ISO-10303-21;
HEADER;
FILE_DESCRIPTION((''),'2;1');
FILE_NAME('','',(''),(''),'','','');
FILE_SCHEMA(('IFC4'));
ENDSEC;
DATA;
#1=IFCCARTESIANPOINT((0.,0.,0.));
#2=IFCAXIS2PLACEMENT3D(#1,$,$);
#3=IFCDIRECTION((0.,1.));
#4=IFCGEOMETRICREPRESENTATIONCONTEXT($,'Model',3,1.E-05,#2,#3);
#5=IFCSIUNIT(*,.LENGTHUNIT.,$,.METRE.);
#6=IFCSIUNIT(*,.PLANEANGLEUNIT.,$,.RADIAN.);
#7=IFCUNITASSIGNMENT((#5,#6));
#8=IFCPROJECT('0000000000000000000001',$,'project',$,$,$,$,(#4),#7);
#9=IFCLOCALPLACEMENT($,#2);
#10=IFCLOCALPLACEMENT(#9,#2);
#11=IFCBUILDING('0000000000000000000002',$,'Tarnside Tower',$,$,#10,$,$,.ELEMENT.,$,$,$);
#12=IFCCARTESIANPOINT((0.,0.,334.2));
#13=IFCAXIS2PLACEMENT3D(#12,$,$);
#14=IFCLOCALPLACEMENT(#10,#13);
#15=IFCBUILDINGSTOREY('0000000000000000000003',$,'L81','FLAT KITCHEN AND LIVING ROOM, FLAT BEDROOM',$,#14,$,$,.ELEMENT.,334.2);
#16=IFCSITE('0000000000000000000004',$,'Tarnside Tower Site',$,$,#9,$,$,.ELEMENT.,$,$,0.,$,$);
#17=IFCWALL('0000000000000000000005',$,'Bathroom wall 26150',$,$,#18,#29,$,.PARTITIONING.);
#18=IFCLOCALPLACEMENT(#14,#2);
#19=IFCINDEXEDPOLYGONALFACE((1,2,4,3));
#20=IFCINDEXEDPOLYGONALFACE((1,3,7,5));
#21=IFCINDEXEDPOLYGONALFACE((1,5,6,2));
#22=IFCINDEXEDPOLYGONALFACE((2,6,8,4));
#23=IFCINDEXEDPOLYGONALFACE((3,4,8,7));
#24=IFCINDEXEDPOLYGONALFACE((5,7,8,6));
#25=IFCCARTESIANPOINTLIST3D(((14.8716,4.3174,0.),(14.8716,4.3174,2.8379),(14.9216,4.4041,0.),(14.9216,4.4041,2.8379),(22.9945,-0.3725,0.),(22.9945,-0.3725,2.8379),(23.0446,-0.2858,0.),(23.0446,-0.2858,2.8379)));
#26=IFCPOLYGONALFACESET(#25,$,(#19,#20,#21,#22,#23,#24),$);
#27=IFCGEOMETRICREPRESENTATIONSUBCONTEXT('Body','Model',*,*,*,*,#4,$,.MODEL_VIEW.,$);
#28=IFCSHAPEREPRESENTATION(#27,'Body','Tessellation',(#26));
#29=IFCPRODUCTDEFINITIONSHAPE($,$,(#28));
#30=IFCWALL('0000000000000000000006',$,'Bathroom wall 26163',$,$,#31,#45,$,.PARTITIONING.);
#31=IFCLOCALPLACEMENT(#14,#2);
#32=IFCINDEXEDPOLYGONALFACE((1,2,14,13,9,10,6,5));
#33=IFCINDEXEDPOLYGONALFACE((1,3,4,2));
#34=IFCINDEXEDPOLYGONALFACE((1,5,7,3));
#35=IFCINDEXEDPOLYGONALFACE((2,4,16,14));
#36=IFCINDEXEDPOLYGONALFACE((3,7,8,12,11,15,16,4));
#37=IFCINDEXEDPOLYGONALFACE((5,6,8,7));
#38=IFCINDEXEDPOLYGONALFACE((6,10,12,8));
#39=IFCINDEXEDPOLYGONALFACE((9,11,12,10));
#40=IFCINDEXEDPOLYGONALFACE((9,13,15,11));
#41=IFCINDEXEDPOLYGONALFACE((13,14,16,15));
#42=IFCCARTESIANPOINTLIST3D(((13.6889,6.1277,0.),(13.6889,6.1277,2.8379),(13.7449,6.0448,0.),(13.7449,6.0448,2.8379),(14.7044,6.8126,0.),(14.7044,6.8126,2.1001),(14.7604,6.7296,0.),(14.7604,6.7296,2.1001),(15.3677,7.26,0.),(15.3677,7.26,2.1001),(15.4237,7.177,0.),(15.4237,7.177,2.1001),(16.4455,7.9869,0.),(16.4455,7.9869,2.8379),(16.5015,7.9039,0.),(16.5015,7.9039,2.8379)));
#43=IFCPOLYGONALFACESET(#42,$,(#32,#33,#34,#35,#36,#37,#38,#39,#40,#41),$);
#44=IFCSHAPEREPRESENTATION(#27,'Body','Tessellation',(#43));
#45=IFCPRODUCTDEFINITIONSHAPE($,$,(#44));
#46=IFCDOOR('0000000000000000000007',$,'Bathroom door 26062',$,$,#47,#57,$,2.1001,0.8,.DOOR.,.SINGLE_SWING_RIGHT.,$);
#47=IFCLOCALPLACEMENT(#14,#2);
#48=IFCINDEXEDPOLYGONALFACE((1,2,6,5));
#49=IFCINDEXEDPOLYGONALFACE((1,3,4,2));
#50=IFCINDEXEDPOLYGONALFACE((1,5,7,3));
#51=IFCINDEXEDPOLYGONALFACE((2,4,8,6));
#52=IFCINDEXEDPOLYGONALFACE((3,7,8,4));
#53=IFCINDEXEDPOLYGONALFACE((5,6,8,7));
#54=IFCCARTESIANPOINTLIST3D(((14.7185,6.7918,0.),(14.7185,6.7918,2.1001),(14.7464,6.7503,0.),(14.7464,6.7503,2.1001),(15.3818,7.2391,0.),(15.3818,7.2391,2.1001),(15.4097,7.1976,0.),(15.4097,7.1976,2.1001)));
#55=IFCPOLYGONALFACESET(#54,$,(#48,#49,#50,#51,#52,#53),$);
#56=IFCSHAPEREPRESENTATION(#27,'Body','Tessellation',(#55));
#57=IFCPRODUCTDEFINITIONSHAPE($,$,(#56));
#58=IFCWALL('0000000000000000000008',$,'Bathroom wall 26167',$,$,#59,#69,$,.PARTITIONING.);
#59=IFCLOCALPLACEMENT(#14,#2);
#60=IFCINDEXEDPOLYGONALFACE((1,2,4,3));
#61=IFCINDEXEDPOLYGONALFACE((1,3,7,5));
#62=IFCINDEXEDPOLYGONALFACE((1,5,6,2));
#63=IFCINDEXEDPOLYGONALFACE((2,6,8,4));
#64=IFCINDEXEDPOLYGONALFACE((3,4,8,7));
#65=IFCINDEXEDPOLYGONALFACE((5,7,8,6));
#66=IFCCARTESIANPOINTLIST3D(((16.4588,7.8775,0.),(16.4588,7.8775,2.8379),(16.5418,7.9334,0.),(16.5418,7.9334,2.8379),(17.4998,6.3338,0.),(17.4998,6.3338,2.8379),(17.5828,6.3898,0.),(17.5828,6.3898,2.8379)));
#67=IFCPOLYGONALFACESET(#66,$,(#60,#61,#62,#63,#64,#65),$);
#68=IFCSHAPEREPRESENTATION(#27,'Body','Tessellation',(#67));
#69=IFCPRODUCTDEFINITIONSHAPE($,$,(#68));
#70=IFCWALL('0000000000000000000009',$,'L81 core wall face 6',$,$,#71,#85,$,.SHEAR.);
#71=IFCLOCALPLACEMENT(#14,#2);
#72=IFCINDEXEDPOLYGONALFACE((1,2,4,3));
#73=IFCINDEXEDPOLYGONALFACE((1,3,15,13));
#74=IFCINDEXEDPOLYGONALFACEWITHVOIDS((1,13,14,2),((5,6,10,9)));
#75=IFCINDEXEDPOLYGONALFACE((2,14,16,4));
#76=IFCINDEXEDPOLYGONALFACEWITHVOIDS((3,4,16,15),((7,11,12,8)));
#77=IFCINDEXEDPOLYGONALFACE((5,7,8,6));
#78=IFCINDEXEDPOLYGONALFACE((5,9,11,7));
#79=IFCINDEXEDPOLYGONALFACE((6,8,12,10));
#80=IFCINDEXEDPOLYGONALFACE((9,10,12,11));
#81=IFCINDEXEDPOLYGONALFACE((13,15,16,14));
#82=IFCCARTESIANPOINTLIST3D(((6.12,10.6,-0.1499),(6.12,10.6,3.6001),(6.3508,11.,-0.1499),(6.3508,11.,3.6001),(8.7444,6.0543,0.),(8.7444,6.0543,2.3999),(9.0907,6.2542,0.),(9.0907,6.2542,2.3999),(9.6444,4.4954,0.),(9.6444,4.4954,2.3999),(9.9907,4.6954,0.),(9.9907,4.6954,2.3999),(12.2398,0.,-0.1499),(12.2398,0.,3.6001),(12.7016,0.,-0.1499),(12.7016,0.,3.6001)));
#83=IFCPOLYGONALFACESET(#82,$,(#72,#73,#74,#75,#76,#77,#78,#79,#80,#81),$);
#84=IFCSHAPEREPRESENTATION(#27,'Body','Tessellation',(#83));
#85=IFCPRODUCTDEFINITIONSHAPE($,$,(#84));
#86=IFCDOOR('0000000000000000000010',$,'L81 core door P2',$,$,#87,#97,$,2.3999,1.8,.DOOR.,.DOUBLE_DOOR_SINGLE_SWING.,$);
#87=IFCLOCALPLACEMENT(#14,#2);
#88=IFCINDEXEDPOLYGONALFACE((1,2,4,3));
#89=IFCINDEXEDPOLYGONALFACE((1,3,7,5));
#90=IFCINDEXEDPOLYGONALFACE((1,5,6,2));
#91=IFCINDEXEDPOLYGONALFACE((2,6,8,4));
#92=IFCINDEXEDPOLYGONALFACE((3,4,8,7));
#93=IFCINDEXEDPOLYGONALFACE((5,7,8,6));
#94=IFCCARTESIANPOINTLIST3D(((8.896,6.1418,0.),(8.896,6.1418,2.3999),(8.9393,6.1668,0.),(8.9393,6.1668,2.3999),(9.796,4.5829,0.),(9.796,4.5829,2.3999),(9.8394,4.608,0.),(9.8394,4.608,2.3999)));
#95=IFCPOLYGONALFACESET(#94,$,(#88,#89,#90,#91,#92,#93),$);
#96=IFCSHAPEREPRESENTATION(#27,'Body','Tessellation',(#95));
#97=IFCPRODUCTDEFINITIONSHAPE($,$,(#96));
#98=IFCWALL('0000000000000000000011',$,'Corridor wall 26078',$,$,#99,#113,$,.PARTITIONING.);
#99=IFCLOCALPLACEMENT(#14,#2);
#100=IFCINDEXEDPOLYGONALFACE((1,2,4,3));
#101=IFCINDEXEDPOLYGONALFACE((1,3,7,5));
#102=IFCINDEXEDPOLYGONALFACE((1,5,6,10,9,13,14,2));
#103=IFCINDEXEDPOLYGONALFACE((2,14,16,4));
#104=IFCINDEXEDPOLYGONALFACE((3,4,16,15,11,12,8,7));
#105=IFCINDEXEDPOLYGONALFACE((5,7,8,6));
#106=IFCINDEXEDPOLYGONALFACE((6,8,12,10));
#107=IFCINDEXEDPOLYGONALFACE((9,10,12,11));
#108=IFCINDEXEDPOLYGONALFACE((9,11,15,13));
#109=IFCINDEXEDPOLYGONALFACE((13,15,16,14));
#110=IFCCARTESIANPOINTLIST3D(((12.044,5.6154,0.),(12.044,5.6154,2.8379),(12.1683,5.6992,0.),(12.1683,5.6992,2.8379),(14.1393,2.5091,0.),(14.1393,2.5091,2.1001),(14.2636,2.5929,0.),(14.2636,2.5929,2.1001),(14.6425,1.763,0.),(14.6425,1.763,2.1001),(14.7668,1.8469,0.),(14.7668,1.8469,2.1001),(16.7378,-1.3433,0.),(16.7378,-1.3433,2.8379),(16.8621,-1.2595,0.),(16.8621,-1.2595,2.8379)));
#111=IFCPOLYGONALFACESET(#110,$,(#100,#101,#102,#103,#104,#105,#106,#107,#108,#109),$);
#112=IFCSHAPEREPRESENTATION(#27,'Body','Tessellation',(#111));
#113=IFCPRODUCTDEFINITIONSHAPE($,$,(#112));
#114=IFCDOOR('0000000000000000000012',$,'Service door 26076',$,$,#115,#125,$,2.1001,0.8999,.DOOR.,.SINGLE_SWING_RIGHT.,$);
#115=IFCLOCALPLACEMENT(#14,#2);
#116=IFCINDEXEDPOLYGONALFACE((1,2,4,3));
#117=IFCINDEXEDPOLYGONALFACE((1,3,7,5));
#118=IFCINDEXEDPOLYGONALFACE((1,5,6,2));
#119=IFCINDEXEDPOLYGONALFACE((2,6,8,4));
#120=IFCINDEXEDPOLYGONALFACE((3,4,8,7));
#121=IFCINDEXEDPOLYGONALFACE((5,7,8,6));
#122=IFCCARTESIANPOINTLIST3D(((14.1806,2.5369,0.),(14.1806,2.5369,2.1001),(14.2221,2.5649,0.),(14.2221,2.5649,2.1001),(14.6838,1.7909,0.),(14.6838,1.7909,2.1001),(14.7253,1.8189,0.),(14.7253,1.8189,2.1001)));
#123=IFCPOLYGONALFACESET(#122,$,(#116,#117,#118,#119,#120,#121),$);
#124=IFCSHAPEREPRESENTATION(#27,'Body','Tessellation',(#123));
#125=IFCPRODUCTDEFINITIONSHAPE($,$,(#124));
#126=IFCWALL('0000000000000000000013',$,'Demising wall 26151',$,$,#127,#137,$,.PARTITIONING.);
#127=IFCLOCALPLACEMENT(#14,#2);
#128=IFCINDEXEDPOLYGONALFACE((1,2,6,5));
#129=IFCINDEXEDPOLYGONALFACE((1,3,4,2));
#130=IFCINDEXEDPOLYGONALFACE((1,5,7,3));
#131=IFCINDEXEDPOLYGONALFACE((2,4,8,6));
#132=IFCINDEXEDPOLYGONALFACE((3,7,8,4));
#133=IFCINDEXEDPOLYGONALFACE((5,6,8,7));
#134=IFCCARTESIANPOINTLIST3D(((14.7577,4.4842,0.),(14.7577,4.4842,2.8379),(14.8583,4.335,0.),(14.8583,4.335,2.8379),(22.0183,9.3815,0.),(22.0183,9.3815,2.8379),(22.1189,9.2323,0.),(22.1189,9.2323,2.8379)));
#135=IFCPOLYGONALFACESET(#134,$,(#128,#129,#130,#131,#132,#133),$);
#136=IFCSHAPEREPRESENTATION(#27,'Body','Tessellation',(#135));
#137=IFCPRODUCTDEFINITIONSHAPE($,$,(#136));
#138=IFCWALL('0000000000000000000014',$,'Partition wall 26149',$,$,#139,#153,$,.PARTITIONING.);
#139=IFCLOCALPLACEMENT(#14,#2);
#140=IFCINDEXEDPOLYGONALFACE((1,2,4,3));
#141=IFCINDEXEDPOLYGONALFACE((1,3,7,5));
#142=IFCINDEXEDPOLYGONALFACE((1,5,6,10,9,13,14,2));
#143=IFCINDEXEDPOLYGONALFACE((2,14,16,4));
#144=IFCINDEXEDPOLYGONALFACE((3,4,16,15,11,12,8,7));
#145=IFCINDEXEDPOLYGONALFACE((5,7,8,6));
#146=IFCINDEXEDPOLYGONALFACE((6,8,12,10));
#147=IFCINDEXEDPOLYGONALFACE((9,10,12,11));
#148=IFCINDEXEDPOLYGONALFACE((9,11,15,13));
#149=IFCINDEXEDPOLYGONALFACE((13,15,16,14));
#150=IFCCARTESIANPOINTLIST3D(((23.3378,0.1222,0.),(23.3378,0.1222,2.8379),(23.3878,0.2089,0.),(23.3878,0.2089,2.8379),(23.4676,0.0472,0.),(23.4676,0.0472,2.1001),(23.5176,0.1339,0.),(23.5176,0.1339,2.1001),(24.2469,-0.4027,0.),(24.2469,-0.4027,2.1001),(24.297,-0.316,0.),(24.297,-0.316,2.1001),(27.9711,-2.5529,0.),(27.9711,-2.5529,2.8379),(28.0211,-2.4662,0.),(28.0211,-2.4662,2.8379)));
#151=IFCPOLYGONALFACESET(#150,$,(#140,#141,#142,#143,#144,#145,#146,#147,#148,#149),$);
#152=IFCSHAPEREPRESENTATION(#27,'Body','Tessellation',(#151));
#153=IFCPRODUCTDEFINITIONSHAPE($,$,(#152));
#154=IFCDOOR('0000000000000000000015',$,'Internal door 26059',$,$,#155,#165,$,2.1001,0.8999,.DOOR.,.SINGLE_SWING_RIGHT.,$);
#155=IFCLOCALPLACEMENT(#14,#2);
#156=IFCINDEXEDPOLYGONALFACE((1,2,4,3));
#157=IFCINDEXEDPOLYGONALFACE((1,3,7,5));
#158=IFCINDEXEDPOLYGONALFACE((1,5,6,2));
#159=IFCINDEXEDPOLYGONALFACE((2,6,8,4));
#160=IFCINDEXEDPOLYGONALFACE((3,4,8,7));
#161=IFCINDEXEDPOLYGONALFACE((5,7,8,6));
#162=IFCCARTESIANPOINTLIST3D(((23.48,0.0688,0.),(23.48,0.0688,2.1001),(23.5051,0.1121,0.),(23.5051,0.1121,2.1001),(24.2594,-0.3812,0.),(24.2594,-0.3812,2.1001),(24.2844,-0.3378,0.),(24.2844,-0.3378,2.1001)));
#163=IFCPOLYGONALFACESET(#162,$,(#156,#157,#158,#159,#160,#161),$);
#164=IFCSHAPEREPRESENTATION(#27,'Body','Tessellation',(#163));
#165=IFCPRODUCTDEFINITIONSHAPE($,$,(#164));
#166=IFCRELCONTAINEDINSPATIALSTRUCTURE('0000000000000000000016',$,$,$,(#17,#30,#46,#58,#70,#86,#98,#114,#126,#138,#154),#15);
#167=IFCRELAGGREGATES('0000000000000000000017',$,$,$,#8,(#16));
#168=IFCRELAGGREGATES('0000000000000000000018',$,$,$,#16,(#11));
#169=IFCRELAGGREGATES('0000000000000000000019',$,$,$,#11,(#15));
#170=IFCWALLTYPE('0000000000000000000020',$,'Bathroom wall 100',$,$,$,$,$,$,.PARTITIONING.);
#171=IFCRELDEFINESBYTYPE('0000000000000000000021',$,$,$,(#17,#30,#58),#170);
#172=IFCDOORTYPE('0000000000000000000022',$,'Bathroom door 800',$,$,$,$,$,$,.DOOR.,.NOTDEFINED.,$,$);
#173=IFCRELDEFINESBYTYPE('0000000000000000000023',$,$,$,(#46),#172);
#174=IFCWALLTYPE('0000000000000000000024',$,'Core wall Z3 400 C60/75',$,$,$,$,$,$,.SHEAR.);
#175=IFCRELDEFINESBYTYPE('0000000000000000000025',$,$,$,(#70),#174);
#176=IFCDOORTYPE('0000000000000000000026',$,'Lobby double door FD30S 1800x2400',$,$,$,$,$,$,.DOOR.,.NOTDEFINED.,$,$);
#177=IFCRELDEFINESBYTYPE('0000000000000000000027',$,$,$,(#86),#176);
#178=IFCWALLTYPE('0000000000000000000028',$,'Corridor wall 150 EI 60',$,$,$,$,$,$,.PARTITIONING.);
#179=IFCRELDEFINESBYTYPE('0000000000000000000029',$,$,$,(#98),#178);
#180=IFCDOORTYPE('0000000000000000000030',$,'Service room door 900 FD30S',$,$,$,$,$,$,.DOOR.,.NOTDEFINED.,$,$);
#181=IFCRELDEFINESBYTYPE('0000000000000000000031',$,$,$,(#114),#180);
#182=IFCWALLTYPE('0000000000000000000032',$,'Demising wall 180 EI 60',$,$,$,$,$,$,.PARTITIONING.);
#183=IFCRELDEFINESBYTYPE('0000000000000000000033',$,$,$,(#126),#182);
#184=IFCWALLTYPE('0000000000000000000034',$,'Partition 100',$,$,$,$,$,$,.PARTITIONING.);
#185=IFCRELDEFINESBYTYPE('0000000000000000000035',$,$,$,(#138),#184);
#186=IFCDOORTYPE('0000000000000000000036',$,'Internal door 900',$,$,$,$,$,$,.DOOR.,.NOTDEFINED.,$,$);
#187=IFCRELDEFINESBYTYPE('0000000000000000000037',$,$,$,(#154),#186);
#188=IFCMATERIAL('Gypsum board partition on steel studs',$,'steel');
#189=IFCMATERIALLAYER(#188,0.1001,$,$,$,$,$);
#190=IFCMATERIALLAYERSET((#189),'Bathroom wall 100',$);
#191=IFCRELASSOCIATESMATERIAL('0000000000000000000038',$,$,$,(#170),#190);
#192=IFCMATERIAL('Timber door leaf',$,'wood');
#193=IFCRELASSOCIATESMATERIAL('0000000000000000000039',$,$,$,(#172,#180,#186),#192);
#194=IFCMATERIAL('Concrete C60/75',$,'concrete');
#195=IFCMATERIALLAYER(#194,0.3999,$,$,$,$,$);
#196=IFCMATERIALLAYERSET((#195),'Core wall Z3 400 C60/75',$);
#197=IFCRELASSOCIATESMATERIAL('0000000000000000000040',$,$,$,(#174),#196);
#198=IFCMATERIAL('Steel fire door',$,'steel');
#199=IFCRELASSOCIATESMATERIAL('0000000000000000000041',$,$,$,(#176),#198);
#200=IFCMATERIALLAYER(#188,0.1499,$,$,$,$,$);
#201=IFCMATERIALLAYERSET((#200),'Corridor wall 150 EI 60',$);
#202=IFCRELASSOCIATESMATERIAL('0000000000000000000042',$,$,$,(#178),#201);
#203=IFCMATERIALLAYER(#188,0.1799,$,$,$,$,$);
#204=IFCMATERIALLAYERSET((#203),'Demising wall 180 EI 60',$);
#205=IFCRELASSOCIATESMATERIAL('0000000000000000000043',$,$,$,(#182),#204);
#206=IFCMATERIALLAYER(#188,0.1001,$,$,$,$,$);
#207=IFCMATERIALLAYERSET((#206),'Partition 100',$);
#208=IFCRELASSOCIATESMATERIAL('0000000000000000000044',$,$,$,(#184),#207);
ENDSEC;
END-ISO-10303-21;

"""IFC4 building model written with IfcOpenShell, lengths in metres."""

from ifc_helpers import new_model, si_unit, direction, frame, frame_2d, origin, place, context, subcontext, project, spatial, polyline, rectangle, outline, extrude, material, layer, layer_set, type_object, element, fill, save


model = new_model("IFC4")

# Units and contexts
model_context = context("Model", 3, precision=1e-05, world=origin(), true_north=direction((0.0, 1.0)))
body_context = subcontext(model_context, "Body", "Model", "MODEL_VIEW")
ifc_project = project(units=[si_unit("LENGTHUNIT", "METRE"), si_unit("PLANEANGLEUNIT", "RADIAN")], contexts=[model_context])

# Site, building, storey
site_placement = place(None, origin())
site = spatial("IfcSite", under=ifc_project, at=site_placement, Name="Tarnside Tower Site", CompositionType="ELEMENT", RefElevation=0.0)
building_placement = place(site_placement, origin())
building = spatial("IfcBuilding", under=site, at=building_placement, Name="Tarnside Tower", CompositionType="ELEMENT")
storey_placement = place(building_placement, frame((0.0, 0.0, 334.2)))
storey = spatial("IfcBuildingStorey", under=building, at=storey_placement, Name="L81", Description="FLAT KITCHEN AND LIVING ROOM, FLAT BEDROOM", CompositionType="ELEMENT", Elevation=334.2)

# Wall
ifc_material_1 = material(Name="Gypsum board partition on steel studs", Category="steel")
ifc_layer_1 = layer(ifc_material_1, 0.1001)
ifc_layer_set_1 = layer_set([ifc_layer_1], Name="Bathroom wall 100")
wall_type_1 = type_object("IfcWallType", Name="Bathroom wall 100", PredefinedType="PARTITIONING", material=ifc_layer_set_1)
wall_1_placement = place(storey_placement, frame((14.8965, 4.3608, 0.0), z_axis=(0.0, 0.0, 1.0), x_axis=(0.866021, -0.500008, 0.0)))
element("IfcWall", 1, at=wall_1_placement, inside=storey, type_object=wall_type_1, Name="Bathroom wall 26150", PredefinedType="PARTITIONING", context=body_context, shape_type="SweptSolid", body=[
    extrude(rectangle(XDim=9.3796, YDim=0.1001, at=frame_2d((4.6899, 0.0))), origin(), (0.0, 0.0, 1.0), 2.8379),
])

# Wall, opening, door
wall_2_placement = place(storey_placement, frame((13.7168, 6.0862, 0.0), z_axis=(0.0, 0.0, 1.0), x_axis=(0.829067, 0.559149, 0.0)))
wall_2 = element("IfcWall", 2, at=wall_2_placement, inside=storey, type_object=wall_type_1, Name="Bathroom wall 26163", PredefinedType="PARTITIONING", context=body_context, shape_type="SweptSolid", body=[
    extrude(rectangle(XDim=3.325, YDim=0.1001, at=frame_2d((1.6626, 0.0))), origin(), (0.0, 0.0, 1.0), 2.8379),
])
opening_1_placement = place(wall_2_placement, frame((1.2251, 0.0, 0.0)))
opening_1 = element("IfcOpeningElement", 3, at=opening_1_placement, cuts=wall_2, PredefinedType="OPENING", context=body_context, shape_type="SweptSolid", body=[
    extrude(rectangle(XDim=0.8, YDim=2.1001, at=frame_2d((0.3999, 1.05))), frame((0.0, 0.0601, 0.0), z_axis=(0.0, -1.0, 0.0), x_axis=(1.0, 0.0, 0.0)), (0.0, 0.0, 1.0), 0.1201),
])
ifc_material_2 = material(Name="Timber door leaf", Category="wood")
door_type_1 = type_object("IfcDoorType", Name="Bathroom door 800", OperationType="NOTDEFINED", PredefinedType="DOOR", material=ifc_material_2)
door_1_placement = place(opening_1_placement, origin())
door_1 = element("IfcDoor", 4, at=door_1_placement, inside=storey, type_object=door_type_1, Name="Bathroom door 26062", OperationType="SINGLE_SWING_RIGHT", OverallHeight=2.1001, OverallWidth=0.8, PredefinedType="DOOR", context=body_context, shape_type="SweptSolid", body=[
    extrude(rectangle(XDim=0.8, YDim=2.1001, at=frame_2d((0.3999, 1.05))), frame((0.0, 0.0249, 0.0), z_axis=(0.0, -1.0, 0.0), x_axis=(1.0, 0.0, 0.0)), (0.0, 0.0, 1.0), 0.05),
])
fill(opening_1, door_1)

# Wall
wall_3_placement = place(storey_placement, frame((17.5413, 6.3618, 0.0), z_axis=(0.0, 0.0, 1.0), x_axis=(-0.55911, 0.829093, 0.0)))
element("IfcWall", 5, at=wall_3_placement, inside=storey, type_object=wall_type_1, Name="Bathroom wall 26167", PredefinedType="PARTITIONING", context=body_context, shape_type="SweptSolid", body=[
    extrude(rectangle(XDim=1.8618, YDim=0.1001, at=frame_2d((0.9309, 0.0))), origin(), (0.0, 0.0, 1.0), 2.8379),
])

# Walls, openings, doors
ifc_material_3 = material(Name="Concrete C60/75", Category="concrete")
ifc_layer_2 = layer(ifc_material_3, 0.3999)
ifc_layer_set_2 = layer_set([ifc_layer_2], Name="Core wall Z3 400 C60/75")
wall_type_2 = type_object("IfcWallType", Name="Core wall Z3 400 C60/75", PredefinedType="SHEAR", material=ifc_layer_set_2)
wall_4_placement = place(storey_placement, frame((12.4707, 0.0, -0.1499), z_axis=(0.0, 0.0, 1.0), x_axis=(-0.499996, 0.866027, 0.0)))
wall_4 = element("IfcWall", 6, at=wall_4_placement, inside=storey, type_object=wall_type_2, Name="L81 core wall face 6", PredefinedType="SHEAR", context=body_context, shape_type="SweptSolid", body=[
    extrude(outline(polyline([(-0.1155, -0.2), (12.5862, -0.2), (12.3552, 0.2), (0.1155, 0.2), (-0.1155, -0.2)])), origin(), (0.0, 0.0, 1.0), 3.75),
])
opening_2_placement = place(wall_4_placement, frame((5.3064, 0.0, 0.1499)))
opening_2 = element("IfcOpeningElement", 7, at=opening_2_placement, cuts=wall_4, PredefinedType="OPENING", context=body_context, shape_type="SweptSolid", body=[
    extrude(rectangle(XDim=1.8, YDim=2.3999, at=frame_2d((0.8999, 1.2))), frame((0.0, 0.21, 0.0), z_axis=(0.0, -1.0, 0.0), x_axis=(1.0, 0.0, 0.0)), (0.0, 0.0, 1.0), 0.4199),
])
ifc_material_4 = material(Name="Steel fire door", Category="steel")
door_type_2 = type_object("IfcDoorType", Name="Lobby double door FD30S 1800x2400", OperationType="NOTDEFINED", PredefinedType="DOOR", material=ifc_material_4)
door_2_placement = place(opening_2_placement, origin())
door_2 = element("IfcDoor", 8, at=door_2_placement, inside=storey, type_object=door_type_2, Name="L81 core door P2", OperationType="DOUBLE_DOOR_SINGLE_SWING", OverallHeight=2.3999, OverallWidth=1.8, PredefinedType="DOOR", context=body_context, shape_type="SweptSolid", body=[
    extrude(rectangle(XDim=1.8, YDim=2.3999, at=frame_2d((0.8999, 1.2))), frame((0.0, 0.0249, 0.0), z_axis=(0.0, -1.0, 0.0), x_axis=(1.0, 0.0, 0.0)), (0.0, 0.0, 1.0), 0.05),
])
fill(opening_2, door_2)
ifc_layer_3 = layer(ifc_material_1, 0.1499)
ifc_layer_set_3 = layer_set([ifc_layer_3], Name="Corridor wall 150 EI 60")
wall_type_3 = type_object("IfcWallType", Name="Corridor wall 150 EI 60", PredefinedType="PARTITIONING", material=ifc_layer_set_3)
wall_5_placement = place(storey_placement, frame((12.1062, 5.6572, 0.0), z_axis=(0.0, 0.0, 1.0), x_axis=(0.559203, -0.829031, 0.0)))
wall_5 = element("IfcWall", 9, at=wall_5_placement, inside=storey, type_object=wall_type_3, Name="Corridor wall 26078", PredefinedType="PARTITIONING", context=body_context, shape_type="SweptSolid", body=[
    extrude(rectangle(XDim=8.3938, YDim=0.1499, at=frame_2d((4.1968, 0.0))), origin(), (0.0, 0.0, 1.0), 2.8379),
])
opening_3_placement = place(wall_5_placement, frame((3.7468, 0.0, 0.0)))
opening_3 = element("IfcOpeningElement", 10, at=opening_3_placement, cuts=wall_5, PredefinedType="OPENING", context=body_context, shape_type="SweptSolid", body=[
    extrude(rectangle(XDim=0.8999, YDim=2.1001, at=frame_2d((0.45, 1.05))), frame((0.0, 0.085, 0.0), z_axis=(0.0, -1.0, 0.0), x_axis=(1.0, 0.0, 0.0)), (0.0, 0.0, 1.0), 0.1699),
])
door_type_3 = type_object("IfcDoorType", Name="Service room door 900 FD30S", OperationType="NOTDEFINED", PredefinedType="DOOR", material=ifc_material_2)
door_3_placement = place(opening_3_placement, origin())
door_3 = element("IfcDoor", 11, at=door_3_placement, inside=storey, type_object=door_type_3, Name="Service door 26076", OperationType="SINGLE_SWING_RIGHT", OverallHeight=2.1001, OverallWidth=0.8999, PredefinedType="DOOR", context=body_context, shape_type="SweptSolid", body=[
    extrude(rectangle(XDim=0.8999, YDim=2.1001, at=frame_2d((0.45, 1.05))), frame((0.0, 0.0249, 0.0), z_axis=(0.0, -1.0, 0.0), x_axis=(1.0, 0.0, 0.0)), (0.0, 0.0, 1.0), 0.05),
])
fill(opening_3, door_3)

# Wall
ifc_layer_4 = layer(ifc_material_1, 0.1799)
ifc_layer_set_4 = layer_set([ifc_layer_4], Name="Demising wall 180 EI 60")
wall_type_4 = type_object("IfcWallType", Name="Demising wall 180 EI 60", PredefinedType="PARTITIONING", material=ifc_layer_set_4)
wall_6_placement = place(storey_placement, frame((22.0686, 9.3069, 0.0), z_axis=(0.0, 0.0, 1.0), x_axis=(-0.82904, -0.559189, 0.0)))
element("IfcWall", 12, at=wall_6_placement, inside=storey, type_object=wall_type_4, Name="Demising wall 26151", PredefinedType="PARTITIONING", context=body_context, shape_type="SweptSolid", body=[
    extrude(rectangle(XDim=8.7578, YDim=0.1799, at=frame_2d((4.3789, 0.0))), origin(), (0.0, 0.0, 1.0), 2.8379),
])

# Wall, opening, door
ifc_layer_5 = layer(ifc_material_1, 0.1001)
ifc_layer_set_5 = layer_set([ifc_layer_5], Name="Partition 100")
wall_type_5 = type_object("IfcWallType", Name="Partition 100", PredefinedType="PARTITIONING", material=ifc_layer_set_5)
wall_7_placement = place(storey_placement, frame((23.3628, 0.1655, 0.0), z_axis=(0.0, 0.0, 1.0), x_axis=(0.866024, -0.500002, 0.0)))
wall_7 = element("IfcWall", 13, at=wall_7_placement, inside=storey, type_object=wall_type_5, Name="Partition wall 26149", PredefinedType="PARTITIONING", context=body_context, shape_type="SweptSolid", body=[
    extrude(rectangle(XDim=5.3501, YDim=0.1001, at=frame_2d((2.675, 0.0))), origin(), (0.0, 0.0, 1.0), 2.8379),
])
opening_4_placement = place(wall_7_placement, frame((0.1499, 0.0, 0.0)))
opening_4 = element("IfcOpeningElement", 14, at=opening_4_placement, cuts=wall_7, PredefinedType="OPENING", context=body_context, shape_type="SweptSolid", body=[
    extrude(rectangle(XDim=0.8999, YDim=2.1001, at=frame_2d((0.45, 1.05))), frame((0.0, 0.0601, 0.0), z_axis=(0.0, -1.0, 0.0), x_axis=(1.0, 0.0, 0.0)), (0.0, 0.0, 1.0), 0.1201),
])
door_type_4 = type_object("IfcDoorType", Name="Internal door 900", OperationType="NOTDEFINED", PredefinedType="DOOR", material=ifc_material_2)
door_4_placement = place(opening_4_placement, origin())
door_4 = element("IfcDoor", 15, at=door_4_placement, inside=storey, type_object=door_type_4, Name="Internal door 26059", OperationType="SINGLE_SWING_RIGHT", OverallHeight=2.1001, OverallWidth=0.8999, PredefinedType="DOOR", context=body_context, shape_type="SweptSolid", body=[
    extrude(rectangle(XDim=0.8999, YDim=2.1001, at=frame_2d((0.45, 1.05))), frame((0.0, 0.0249, 0.0), z_axis=(0.0, -1.0, 0.0), x_axis=(1.0, 0.0, 0.0)), (0.0, 0.0, 1.0), 0.05),
])
fill(opening_4, door_4)

save(model, "model.ifc")
